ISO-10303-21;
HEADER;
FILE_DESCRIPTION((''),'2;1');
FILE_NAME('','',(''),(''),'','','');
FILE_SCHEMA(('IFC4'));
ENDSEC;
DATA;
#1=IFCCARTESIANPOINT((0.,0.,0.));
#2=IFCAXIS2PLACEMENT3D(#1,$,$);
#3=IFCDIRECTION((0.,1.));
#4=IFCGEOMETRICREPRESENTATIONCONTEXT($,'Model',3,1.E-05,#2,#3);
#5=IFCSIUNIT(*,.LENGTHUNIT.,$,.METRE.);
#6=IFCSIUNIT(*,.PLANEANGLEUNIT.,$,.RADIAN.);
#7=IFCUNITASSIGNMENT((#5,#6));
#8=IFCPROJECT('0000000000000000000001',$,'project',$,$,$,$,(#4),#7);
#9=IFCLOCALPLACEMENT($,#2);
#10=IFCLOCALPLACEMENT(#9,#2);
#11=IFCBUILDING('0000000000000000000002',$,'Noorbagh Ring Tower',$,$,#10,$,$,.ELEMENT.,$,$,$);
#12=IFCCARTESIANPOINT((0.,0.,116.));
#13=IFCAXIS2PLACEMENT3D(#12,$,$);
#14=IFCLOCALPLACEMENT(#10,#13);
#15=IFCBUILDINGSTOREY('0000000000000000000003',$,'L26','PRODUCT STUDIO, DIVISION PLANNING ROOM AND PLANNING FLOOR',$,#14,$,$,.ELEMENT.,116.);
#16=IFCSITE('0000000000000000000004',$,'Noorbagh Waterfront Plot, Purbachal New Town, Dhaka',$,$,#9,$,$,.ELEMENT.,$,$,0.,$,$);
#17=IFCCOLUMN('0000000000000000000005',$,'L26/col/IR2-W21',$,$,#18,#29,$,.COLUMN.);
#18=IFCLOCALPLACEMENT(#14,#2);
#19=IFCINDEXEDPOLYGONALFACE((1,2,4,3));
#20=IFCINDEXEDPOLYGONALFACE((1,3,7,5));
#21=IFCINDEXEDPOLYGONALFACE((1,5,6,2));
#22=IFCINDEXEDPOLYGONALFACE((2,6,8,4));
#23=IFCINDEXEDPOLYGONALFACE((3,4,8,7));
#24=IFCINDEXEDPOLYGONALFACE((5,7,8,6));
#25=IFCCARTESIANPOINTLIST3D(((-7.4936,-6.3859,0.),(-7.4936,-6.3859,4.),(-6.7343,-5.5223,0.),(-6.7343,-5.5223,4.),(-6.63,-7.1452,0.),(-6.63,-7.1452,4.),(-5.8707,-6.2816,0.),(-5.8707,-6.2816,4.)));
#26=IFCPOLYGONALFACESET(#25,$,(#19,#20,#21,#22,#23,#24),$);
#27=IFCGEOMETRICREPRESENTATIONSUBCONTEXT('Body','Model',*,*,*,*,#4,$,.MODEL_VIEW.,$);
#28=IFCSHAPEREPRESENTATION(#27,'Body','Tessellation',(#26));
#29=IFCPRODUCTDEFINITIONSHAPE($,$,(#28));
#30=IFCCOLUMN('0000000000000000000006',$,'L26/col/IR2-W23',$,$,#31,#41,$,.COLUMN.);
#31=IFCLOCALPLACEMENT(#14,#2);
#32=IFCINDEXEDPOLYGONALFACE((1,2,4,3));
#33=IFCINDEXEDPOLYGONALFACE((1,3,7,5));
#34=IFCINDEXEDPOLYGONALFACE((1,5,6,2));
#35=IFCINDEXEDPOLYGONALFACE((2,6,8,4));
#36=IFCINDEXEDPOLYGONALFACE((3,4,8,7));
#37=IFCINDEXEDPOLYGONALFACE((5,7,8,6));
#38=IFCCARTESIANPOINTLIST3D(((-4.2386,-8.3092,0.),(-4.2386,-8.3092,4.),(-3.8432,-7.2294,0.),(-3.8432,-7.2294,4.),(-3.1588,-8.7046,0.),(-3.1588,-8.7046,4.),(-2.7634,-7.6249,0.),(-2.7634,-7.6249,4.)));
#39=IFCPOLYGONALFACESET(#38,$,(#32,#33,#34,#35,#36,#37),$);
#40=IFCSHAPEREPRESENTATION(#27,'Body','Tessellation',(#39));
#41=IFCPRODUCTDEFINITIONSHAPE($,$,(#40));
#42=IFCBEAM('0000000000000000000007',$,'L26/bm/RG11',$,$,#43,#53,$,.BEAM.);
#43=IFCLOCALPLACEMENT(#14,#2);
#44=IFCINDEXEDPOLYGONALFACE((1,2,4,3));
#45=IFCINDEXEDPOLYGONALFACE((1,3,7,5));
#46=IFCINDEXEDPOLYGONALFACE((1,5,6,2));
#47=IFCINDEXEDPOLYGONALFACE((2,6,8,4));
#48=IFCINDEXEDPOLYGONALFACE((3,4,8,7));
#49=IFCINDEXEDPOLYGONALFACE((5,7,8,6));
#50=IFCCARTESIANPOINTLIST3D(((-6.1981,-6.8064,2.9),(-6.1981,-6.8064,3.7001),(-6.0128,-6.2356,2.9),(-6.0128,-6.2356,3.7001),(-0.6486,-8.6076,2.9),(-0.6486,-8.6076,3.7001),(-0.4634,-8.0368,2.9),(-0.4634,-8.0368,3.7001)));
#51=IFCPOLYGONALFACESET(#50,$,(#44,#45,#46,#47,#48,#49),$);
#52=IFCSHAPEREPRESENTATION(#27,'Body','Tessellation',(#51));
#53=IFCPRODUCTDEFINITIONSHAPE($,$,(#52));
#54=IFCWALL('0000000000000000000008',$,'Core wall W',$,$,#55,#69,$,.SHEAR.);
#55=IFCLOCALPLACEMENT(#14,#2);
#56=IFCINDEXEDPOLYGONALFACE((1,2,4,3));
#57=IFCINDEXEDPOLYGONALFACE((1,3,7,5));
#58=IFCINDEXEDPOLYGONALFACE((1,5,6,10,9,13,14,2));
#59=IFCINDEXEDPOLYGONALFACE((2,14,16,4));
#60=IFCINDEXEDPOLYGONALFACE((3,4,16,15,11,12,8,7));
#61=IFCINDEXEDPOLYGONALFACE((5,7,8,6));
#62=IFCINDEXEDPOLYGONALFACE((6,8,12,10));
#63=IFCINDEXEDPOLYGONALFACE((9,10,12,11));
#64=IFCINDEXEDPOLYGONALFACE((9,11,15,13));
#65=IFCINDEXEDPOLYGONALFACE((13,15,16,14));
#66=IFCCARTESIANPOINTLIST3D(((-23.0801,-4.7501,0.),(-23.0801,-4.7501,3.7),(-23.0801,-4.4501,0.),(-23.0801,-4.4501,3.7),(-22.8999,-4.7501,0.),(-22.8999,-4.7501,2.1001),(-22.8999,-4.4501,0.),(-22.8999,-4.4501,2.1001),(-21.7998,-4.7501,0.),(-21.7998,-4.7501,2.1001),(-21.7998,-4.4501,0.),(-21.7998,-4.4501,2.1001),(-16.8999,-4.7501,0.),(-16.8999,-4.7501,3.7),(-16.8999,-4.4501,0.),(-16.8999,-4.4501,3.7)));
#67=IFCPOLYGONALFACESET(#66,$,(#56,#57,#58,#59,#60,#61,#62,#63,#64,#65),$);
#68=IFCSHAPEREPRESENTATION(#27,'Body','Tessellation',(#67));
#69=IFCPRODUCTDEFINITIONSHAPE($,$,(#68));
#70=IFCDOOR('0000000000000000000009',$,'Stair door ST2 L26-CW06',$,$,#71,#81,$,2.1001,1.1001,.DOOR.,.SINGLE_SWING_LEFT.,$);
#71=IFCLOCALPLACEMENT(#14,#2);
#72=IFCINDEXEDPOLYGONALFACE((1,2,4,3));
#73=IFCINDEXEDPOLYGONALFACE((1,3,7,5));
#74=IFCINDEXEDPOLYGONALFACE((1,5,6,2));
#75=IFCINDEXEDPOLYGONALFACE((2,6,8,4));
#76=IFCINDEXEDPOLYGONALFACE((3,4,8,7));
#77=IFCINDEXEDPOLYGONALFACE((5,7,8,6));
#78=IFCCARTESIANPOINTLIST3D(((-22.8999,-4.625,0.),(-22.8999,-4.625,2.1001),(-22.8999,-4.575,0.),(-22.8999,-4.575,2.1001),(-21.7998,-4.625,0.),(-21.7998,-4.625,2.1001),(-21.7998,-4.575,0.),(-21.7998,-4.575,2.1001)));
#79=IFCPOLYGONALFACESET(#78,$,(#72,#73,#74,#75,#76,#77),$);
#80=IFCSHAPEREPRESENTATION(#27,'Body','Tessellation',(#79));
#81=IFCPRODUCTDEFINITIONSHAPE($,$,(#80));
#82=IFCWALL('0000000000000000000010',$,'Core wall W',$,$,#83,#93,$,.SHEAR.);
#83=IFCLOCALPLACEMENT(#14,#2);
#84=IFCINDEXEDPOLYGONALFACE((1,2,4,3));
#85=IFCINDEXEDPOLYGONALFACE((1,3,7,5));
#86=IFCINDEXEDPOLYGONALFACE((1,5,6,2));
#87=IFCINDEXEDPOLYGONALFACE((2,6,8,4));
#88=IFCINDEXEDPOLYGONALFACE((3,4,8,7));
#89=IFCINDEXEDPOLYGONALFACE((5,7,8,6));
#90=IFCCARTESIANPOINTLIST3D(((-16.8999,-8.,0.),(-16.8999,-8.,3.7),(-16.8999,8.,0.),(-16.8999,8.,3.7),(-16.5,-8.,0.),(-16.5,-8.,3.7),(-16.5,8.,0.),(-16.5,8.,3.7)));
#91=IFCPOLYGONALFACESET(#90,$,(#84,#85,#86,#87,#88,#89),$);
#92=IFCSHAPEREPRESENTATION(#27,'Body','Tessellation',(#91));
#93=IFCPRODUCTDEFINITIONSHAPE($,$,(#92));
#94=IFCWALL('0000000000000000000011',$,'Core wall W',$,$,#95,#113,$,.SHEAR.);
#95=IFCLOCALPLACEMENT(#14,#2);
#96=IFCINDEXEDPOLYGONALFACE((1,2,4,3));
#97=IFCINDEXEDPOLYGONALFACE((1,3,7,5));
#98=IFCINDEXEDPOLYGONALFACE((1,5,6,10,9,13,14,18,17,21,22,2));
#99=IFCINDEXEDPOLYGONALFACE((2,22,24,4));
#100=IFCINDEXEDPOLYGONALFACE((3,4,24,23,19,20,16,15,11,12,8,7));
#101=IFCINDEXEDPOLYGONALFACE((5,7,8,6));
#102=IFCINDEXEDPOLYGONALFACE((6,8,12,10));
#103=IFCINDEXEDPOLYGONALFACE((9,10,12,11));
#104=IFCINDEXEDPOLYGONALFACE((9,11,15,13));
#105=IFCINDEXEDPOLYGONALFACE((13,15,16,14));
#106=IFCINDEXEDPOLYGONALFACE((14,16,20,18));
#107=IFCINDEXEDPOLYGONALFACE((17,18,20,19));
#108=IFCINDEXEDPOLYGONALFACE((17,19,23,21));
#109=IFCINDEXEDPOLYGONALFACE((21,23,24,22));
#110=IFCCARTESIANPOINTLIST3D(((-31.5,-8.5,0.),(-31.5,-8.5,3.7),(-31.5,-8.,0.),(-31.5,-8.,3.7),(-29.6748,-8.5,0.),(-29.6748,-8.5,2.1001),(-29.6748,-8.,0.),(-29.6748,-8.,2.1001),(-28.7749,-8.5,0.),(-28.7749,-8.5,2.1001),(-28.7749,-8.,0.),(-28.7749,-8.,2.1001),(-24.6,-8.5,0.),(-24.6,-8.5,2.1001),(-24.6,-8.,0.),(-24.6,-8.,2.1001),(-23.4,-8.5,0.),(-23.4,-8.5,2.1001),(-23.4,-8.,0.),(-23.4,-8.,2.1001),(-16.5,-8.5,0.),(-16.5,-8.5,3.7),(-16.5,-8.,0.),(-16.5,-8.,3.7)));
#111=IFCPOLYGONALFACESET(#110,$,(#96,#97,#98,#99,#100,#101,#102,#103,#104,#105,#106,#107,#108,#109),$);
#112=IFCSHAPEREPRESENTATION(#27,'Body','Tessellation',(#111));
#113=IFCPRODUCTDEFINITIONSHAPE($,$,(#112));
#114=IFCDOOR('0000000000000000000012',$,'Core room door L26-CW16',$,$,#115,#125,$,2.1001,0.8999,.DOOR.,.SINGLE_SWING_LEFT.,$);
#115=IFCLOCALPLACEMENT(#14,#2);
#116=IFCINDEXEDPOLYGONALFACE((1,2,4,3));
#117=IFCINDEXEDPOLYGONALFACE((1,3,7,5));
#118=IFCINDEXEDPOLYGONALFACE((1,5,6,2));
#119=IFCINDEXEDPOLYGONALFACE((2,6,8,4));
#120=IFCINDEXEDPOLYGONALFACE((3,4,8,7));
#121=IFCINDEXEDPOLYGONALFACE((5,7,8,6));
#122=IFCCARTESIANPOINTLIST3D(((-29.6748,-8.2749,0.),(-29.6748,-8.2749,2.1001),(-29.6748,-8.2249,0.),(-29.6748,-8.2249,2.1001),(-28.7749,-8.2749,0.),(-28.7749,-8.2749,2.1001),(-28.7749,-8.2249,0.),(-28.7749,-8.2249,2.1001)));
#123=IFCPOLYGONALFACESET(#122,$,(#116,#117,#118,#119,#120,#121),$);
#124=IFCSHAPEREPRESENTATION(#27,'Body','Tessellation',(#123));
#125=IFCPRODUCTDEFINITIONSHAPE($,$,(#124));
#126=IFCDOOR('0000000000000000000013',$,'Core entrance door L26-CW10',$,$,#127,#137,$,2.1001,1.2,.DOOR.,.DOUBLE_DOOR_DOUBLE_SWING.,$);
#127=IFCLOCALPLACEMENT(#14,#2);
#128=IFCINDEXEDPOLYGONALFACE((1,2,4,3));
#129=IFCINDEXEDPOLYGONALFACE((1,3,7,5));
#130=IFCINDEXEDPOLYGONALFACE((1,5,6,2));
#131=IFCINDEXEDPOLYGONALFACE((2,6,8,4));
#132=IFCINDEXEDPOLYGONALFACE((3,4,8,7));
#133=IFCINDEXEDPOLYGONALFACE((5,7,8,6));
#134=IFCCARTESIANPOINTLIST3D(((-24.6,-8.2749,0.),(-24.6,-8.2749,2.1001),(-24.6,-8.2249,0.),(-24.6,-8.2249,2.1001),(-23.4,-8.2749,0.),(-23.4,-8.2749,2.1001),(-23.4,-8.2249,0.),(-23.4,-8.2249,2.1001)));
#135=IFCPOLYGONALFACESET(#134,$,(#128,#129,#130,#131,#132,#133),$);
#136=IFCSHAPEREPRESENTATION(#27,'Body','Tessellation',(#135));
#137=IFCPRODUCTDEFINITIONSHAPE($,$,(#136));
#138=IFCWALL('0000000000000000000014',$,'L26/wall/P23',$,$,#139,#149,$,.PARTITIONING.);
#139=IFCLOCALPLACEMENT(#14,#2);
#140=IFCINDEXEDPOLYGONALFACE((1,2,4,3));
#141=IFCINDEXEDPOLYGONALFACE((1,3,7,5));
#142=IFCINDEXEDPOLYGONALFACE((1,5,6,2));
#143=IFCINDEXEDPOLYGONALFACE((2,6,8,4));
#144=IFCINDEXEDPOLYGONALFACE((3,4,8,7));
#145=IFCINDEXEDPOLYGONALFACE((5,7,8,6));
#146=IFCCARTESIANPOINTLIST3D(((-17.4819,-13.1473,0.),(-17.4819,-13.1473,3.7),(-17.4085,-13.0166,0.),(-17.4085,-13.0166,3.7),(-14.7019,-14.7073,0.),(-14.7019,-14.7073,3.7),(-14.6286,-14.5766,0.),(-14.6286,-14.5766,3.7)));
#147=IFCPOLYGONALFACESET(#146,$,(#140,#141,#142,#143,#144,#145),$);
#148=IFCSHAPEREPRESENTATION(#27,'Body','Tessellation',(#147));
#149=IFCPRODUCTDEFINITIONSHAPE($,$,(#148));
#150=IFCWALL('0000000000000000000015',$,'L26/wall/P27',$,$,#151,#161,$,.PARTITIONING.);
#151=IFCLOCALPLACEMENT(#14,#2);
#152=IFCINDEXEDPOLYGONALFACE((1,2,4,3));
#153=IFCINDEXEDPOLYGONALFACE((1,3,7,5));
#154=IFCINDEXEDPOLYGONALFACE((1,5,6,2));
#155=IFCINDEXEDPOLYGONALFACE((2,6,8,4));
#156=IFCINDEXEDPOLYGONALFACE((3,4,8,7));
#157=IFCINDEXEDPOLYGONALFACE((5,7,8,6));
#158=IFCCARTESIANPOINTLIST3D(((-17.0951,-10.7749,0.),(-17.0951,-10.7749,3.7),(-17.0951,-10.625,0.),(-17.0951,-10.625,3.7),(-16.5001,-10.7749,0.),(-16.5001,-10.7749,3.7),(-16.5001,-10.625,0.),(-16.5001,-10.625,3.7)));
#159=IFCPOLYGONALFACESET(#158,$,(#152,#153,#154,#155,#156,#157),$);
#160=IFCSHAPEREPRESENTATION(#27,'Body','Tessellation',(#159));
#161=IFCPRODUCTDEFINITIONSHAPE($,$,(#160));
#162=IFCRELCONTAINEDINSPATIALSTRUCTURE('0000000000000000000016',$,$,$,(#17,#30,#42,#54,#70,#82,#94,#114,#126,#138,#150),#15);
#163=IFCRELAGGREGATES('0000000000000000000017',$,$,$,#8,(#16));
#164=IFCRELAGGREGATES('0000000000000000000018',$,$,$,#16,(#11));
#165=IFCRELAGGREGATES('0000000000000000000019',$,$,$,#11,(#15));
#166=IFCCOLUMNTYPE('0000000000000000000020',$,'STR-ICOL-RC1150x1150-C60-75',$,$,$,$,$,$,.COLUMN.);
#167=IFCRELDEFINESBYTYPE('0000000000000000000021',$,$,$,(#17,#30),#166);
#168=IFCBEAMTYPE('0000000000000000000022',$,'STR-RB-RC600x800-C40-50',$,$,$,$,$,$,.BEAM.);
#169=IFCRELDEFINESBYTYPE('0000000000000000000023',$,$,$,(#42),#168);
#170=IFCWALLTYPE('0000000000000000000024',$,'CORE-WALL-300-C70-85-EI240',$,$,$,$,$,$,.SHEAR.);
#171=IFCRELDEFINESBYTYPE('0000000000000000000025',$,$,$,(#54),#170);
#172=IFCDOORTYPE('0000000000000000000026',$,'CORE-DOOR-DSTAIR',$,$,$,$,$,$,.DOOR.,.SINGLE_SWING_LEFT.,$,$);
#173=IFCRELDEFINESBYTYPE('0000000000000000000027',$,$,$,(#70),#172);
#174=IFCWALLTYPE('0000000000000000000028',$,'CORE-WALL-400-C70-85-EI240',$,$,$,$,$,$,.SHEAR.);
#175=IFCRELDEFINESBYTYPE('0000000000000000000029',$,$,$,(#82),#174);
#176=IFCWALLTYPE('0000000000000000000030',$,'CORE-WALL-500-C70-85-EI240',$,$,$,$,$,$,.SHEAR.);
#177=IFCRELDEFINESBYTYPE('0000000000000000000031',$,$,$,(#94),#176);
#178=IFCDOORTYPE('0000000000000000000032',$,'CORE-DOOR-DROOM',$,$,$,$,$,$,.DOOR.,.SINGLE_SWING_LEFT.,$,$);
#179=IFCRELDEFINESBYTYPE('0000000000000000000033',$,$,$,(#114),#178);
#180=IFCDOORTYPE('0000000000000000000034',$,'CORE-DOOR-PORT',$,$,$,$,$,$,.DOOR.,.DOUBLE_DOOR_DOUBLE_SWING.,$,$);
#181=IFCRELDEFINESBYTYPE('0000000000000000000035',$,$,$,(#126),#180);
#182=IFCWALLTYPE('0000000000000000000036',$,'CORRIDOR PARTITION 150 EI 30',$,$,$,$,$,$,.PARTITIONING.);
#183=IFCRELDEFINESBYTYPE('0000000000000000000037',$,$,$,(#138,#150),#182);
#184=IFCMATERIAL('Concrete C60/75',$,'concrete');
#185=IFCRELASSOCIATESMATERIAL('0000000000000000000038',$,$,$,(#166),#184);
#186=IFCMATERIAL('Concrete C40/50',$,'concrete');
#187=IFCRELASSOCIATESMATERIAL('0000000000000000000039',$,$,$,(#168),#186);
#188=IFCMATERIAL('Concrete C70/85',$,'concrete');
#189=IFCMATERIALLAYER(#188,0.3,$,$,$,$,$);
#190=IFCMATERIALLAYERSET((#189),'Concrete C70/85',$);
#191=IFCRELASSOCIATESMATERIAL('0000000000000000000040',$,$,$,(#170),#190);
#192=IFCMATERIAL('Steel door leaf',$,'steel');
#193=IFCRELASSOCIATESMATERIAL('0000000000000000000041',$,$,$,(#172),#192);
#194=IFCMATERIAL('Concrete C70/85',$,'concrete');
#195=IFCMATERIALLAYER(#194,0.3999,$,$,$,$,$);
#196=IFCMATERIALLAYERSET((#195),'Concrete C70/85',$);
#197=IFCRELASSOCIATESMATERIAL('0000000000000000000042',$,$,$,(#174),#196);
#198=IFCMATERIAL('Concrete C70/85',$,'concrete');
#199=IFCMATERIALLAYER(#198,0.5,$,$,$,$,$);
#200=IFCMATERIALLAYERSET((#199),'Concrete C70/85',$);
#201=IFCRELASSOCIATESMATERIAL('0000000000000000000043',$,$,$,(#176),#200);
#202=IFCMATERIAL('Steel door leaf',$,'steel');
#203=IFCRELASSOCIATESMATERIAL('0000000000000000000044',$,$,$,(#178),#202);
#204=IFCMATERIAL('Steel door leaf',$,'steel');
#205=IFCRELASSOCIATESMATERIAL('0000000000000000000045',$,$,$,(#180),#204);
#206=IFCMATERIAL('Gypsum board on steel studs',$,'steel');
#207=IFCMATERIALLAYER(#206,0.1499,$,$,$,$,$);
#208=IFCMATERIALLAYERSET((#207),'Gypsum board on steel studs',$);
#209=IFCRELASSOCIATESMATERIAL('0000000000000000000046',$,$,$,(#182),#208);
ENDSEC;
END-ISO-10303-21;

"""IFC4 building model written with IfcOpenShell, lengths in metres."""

from ifc_helpers import new_model, si_unit, direction, frame, frame_2d, origin, origin_2d, place, context, subcontext, project, spatial, rectangle, extrude, material, layer, layer_set, material_profile, profile_set, type_object, element, fill, save


model = new_model("IFC4")

# Units and contexts
model_context = context("Model", 3, precision=1e-05, world=origin(), true_north=direction((0.0, 1.0)))
body_context = subcontext(model_context, "Body", "Model", "MODEL_VIEW")
ifc_project = project(units=[si_unit("LENGTHUNIT", "METRE"), si_unit("PLANEANGLEUNIT", "RADIAN")], contexts=[model_context])

# Site, building, storey
site_placement = place(None, origin())
site = spatial("IfcSite", under=ifc_project, at=site_placement, Name="Noorbagh Waterfront Plot, Purbachal New Town, Dhaka", CompositionType="ELEMENT", RefElevation=0.0)
building_placement = place(site_placement, origin())
building = spatial("IfcBuilding", under=site, at=building_placement, Name="Noorbagh Ring Tower", CompositionType="ELEMENT")
storey_placement = place(building_placement, frame((0.0, 0.0, 116.0)))
storey = spatial("IfcBuildingStorey", under=building, at=storey_placement, Name="L26", Description="PRODUCT STUDIO, DIVISION PLANNING ROOM AND PLANNING FLOOR", CompositionType="ELEMENT", Elevation=116.0)

# Columns
ifc_material_1 = material(Name="Concrete C60/75", Category="concrete")
ifc_material_profile_1 = material_profile(ifc_material_1, rectangle(XDim=1.1499, YDim=1.1499, at=origin_2d()), Name="RC1150x1150")
ifc_profile_set_1 = profile_set([ifc_material_profile_1], Name="Concrete C60/75")
column_type = type_object("IfcColumnType", Name="STR-ICOL-RC1150x1150-C60-75", PredefinedType="COLUMN", material=ifc_profile_set_1)
for number, where, z_axis, x_axis, name in (
    (1, (-6.6821, -6.3337, 0.0), (0.0, 0.0, 1.0), (0.751022, -0.660277, 0.0), "L26/col/IR2-W21"),
    (2, (-3.501, -7.967, 0.0), (0.0, 0.0, 1.0), (0.93902, -0.343864, 0.0), "L26/col/IR2-W23"),
):
    element("IfcColumn", number, at=place(storey_placement, frame(where, z_axis=z_axis, x_axis=x_axis)), inside=storey, type_object=column_type, Name=name, PredefinedType="COLUMN", context=body_context, shape_type="SweptSolid", body=[
        extrude(rectangle(XDim=1.1499, YDim=1.1499, at=origin_2d()), origin(), (0.0, 0.0, 1.0), 4.0),
    ])

# Beam
ifc_material_2 = material(Name="Concrete C40/50", Category="concrete")
ifc_material_profile_2 = material_profile(ifc_material_2, rectangle(XDim=0.6001, YDim=0.8, at=origin_2d()), Name="RC600x800")
ifc_profile_set_2 = profile_set([ifc_material_profile_2], Name="Concrete C40/50")
beam_type = type_object("IfcBeamType", Name="STR-RB-RC600x800-C40-50", PredefinedType="BEAM", material=ifc_profile_set_2)
beam_placement = place(storey_placement, frame((-6.1055, -6.521, 3.3), z_axis=(0.951152, -0.308724, 0.0), x_axis=(0.308724, 0.951152, 0.0)))
element("IfcBeam", 3, at=beam_placement, inside=storey, type_object=beam_type, Name="L26/bm/RG11", PredefinedType="BEAM", context=body_context, shape_type="SweptSolid", body=[
    extrude(rectangle(XDim=0.6001, YDim=0.8, at=origin_2d()), origin(), (0.0, 0.0, 1.0), 5.8345),
])

# Wall, opening, door
ifc_material_3 = material(Name="Concrete C70/85", Category="concrete")
ifc_layer_1 = layer(ifc_material_3, 0.3)
ifc_layer_set_1 = layer_set([ifc_layer_1], Name="Concrete C70/85")
wall_type_1 = type_object("IfcWallType", Name="CORE-WALL-300-C70-85-EI240", PredefinedType="SHEAR", material=ifc_layer_set_1)
wall_1_placement = place(storey_placement, frame((-16.8999, -4.6001, 0.0), z_axis=(0.0, 0.0, 1.0), x_axis=(-1.0, 0.0, 0.0)))
wall_1 = element("IfcWall", 4, at=wall_1_placement, inside=storey, type_object=wall_type_1, Name="Core wall W", PredefinedType="SHEAR", context=body_context, shape_type="SweptSolid", body=[
    extrude(rectangle(XDim=6.1802, YDim=0.3, at=frame_2d((3.0901, 0.0))), origin(), (0.0, 0.0, 1.0), 3.7),
])
opening_1_placement = place(wall_1_placement, frame((4.8999, 0.0, 0.0)))
opening_1 = element("IfcOpeningElement", 5, at=opening_1_placement, cuts=wall_1, PredefinedType="OPENING", context=body_context, shape_type="SweptSolid", body=[
    extrude(rectangle(XDim=1.1001, YDim=2.1001, at=frame_2d((0.55, 1.05))), frame((0.0, 0.1602, 0.0), z_axis=(0.0, -1.0, 0.0), x_axis=(1.0, 0.0, 0.0)), (0.0, 0.0, 1.0), 0.3201),
])
ifc_material_4 = material(Name="Steel door leaf", Category="steel")
door_type_1 = type_object("IfcDoorType", Name="CORE-DOOR-DSTAIR", OperationType="SINGLE_SWING_LEFT", PredefinedType="DOOR", material=ifc_material_4)
door_1_placement = place(opening_1_placement, origin())
door_1 = element("IfcDoor", 6, at=door_1_placement, inside=storey, type_object=door_type_1, Name="Stair door ST2 L26-CW06", OperationType="SINGLE_SWING_LEFT", OverallHeight=2.1001, OverallWidth=1.1001, PredefinedType="DOOR", context=body_context, shape_type="SweptSolid", body=[
    extrude(rectangle(XDim=1.1001, YDim=2.1001, at=frame_2d((0.55, 1.05))), frame((0.0, 0.0249, 0.0), z_axis=(0.0, -1.0, 0.0), x_axis=(1.0, 0.0, 0.0)), (0.0, 0.0, 1.0), 0.05),
])
fill(opening_1, door_1)

# Wall
ifc_material_5 = material(Name="Concrete C70/85", Category="concrete")
ifc_layer_2 = layer(ifc_material_5, 0.3999)
ifc_layer_set_2 = layer_set([ifc_layer_2], Name="Concrete C70/85")
wall_type_2 = type_object("IfcWallType", Name="CORE-WALL-400-C70-85-EI240", PredefinedType="SHEAR", material=ifc_layer_set_2)
wall_2_placement = place(storey_placement, frame((-16.7, -8.0, 0.0), z_axis=(0.0, 0.0, 1.0), x_axis=(0.0, 1.0, 0.0)))
element("IfcWall", 7, at=wall_2_placement, inside=storey, type_object=wall_type_2, Name="Core wall W", PredefinedType="SHEAR", context=body_context, shape_type="SweptSolid", body=[
    extrude(rectangle(XDim=16.0, YDim=0.3999, at=frame_2d((8.0, 0.0))), origin(), (0.0, 0.0, 1.0), 3.7),
])

# Wall, openings, doors
ifc_material_6 = material(Name="Concrete C70/85", Category="concrete")
ifc_layer_3 = layer(ifc_material_6, 0.5)
ifc_layer_set_3 = layer_set([ifc_layer_3], Name="Concrete C70/85")
wall_type_3 = type_object("IfcWallType", Name="CORE-WALL-500-C70-85-EI240", PredefinedType="SHEAR", material=ifc_layer_set_3)
wall_3_placement = place(storey_placement, frame((-16.5, -8.25, 0.0), z_axis=(0.0, 0.0, 1.0), x_axis=(-1.0, 0.0, 0.0)))
wall_3 = element("IfcWall", 8, at=wall_3_placement, inside=storey, type_object=wall_type_3, Name="Core wall W", PredefinedType="SHEAR", context=body_context, shape_type="SweptSolid", body=[
    extrude(rectangle(XDim=15.0, YDim=0.5, at=frame_2d((7.5, 0.0))), origin(), (0.0, 0.0, 1.0), 3.7),
])
opening_2_placement = place(wall_3_placement, frame((6.8999, 0.0, 0.0)))
opening_2 = element("IfcOpeningElement", 9, at=opening_2_placement, cuts=wall_3, PredefinedType="OPENING", context=body_context, shape_type="SweptSolid", body=[
    extrude(rectangle(XDim=1.2, YDim=2.1001, at=frame_2d((0.6001, 1.05))), frame((0.0, 0.26, 0.0), z_axis=(0.0, -1.0, 0.0), x_axis=(1.0, 0.0, 0.0)), (0.0, 0.0, 1.0), 0.52),
])
opening_3_placement = place(wall_3_placement, frame((12.2749, 0.0, 0.0)))
opening_3 = element("IfcOpeningElement", 10, at=opening_3_placement, cuts=wall_3, PredefinedType="OPENING", context=body_context, shape_type="SweptSolid", body=[
    extrude(rectangle(XDim=0.8999, YDim=2.1001, at=frame_2d((0.45, 1.05))), frame((0.0, 0.26, 0.0), z_axis=(0.0, -1.0, 0.0), x_axis=(1.0, 0.0, 0.0)), (0.0, 0.0, 1.0), 0.52),
])
ifc_material_7 = material(Name="Steel door leaf", Category="steel")
door_type_2 = type_object("IfcDoorType", Name="CORE-DOOR-DROOM", OperationType="SINGLE_SWING_LEFT", PredefinedType="DOOR", material=ifc_material_7)
door_2_placement = place(opening_3_placement, origin())
door_2 = element("IfcDoor", 11, at=door_2_placement, inside=storey, type_object=door_type_2, Name="Core room door L26-CW16", OperationType="SINGLE_SWING_LEFT", OverallHeight=2.1001, OverallWidth=0.8999, PredefinedType="DOOR", context=body_context, shape_type="SweptSolid", body=[
    extrude(rectangle(XDim=0.8999, YDim=2.1001, at=frame_2d((0.45, 1.05))), frame((0.0, 0.0249, 0.0), z_axis=(0.0, -1.0, 0.0), x_axis=(1.0, 0.0, 0.0)), (0.0, 0.0, 1.0), 0.05),
])
fill(opening_3, door_2)
ifc_material_8 = material(Name="Steel door leaf", Category="steel")
door_type_3 = type_object("IfcDoorType", Name="CORE-DOOR-PORT", OperationType="DOUBLE_DOOR_DOUBLE_SWING", PredefinedType="DOOR", material=ifc_material_8)
door_3_placement = place(opening_2_placement, origin())
door_3 = element("IfcDoor", 12, at=door_3_placement, inside=storey, type_object=door_type_3, Name="Core entrance door L26-CW10", OperationType="DOUBLE_DOOR_DOUBLE_SWING", OverallHeight=2.1001, OverallWidth=1.2, PredefinedType="DOOR", context=body_context, shape_type="SweptSolid", body=[
    extrude(rectangle(XDim=1.2, YDim=2.1001, at=frame_2d((0.6001, 1.05))), frame((0.0, 0.0249, 0.0), z_axis=(0.0, -1.0, 0.0), x_axis=(1.0, 0.0, 0.0)), (0.0, 0.0, 1.0), 0.05),
])
fill(opening_2, door_3)

# Walls
ifc_material_9 = material(Name="Gypsum board on steel studs", Category="steel")
ifc_layer_4 = layer(ifc_material_9, 0.1499)
ifc_layer_set_4 = layer_set([ifc_layer_4], Name="Gypsum board on steel studs")
wall_type_4 = type_object("IfcWallType", Name="CORRIDOR PARTITION 150 EI 30", PredefinedType="PARTITIONING", material=ifc_layer_set_4)
wall_4_placement = place(storey_placement, frame((-17.4451, -13.082, 0.0), z_axis=(0.0, 0.0, 1.0), x_axis=(0.872072, -0.489377, 0.0)))
element("IfcWall", 13, at=wall_4_placement, inside=storey, type_object=wall_type_4, Name="L26/wall/P23", PredefinedType="PARTITIONING", context=body_context, shape_type="SweptSolid", body=[
    extrude(rectangle(XDim=3.1877, YDim=0.1499, at=frame_2d((1.5938, 0.0))), origin(), (0.0, 0.0, 1.0), 3.7),
])
wall_5_placement = place(storey_placement, frame((-17.095, -10.7, 0.0), z_axis=(0.0, 0.0, 1.0), x_axis=(1.0, 0.0, 0.0)))
element("IfcWall", 14, at=wall_5_placement, inside=storey, type_object=wall_type_4, Name="L26/wall/P27", PredefinedType="PARTITIONING", context=body_context, shape_type="SweptSolid", body=[
    extrude(rectangle(XDim=0.595, YDim=0.1499, at=frame_2d((0.2974, 0.0))), origin(), (0.0, 0.0, 1.0), 3.7),
])

save(model, "model.ifc")
